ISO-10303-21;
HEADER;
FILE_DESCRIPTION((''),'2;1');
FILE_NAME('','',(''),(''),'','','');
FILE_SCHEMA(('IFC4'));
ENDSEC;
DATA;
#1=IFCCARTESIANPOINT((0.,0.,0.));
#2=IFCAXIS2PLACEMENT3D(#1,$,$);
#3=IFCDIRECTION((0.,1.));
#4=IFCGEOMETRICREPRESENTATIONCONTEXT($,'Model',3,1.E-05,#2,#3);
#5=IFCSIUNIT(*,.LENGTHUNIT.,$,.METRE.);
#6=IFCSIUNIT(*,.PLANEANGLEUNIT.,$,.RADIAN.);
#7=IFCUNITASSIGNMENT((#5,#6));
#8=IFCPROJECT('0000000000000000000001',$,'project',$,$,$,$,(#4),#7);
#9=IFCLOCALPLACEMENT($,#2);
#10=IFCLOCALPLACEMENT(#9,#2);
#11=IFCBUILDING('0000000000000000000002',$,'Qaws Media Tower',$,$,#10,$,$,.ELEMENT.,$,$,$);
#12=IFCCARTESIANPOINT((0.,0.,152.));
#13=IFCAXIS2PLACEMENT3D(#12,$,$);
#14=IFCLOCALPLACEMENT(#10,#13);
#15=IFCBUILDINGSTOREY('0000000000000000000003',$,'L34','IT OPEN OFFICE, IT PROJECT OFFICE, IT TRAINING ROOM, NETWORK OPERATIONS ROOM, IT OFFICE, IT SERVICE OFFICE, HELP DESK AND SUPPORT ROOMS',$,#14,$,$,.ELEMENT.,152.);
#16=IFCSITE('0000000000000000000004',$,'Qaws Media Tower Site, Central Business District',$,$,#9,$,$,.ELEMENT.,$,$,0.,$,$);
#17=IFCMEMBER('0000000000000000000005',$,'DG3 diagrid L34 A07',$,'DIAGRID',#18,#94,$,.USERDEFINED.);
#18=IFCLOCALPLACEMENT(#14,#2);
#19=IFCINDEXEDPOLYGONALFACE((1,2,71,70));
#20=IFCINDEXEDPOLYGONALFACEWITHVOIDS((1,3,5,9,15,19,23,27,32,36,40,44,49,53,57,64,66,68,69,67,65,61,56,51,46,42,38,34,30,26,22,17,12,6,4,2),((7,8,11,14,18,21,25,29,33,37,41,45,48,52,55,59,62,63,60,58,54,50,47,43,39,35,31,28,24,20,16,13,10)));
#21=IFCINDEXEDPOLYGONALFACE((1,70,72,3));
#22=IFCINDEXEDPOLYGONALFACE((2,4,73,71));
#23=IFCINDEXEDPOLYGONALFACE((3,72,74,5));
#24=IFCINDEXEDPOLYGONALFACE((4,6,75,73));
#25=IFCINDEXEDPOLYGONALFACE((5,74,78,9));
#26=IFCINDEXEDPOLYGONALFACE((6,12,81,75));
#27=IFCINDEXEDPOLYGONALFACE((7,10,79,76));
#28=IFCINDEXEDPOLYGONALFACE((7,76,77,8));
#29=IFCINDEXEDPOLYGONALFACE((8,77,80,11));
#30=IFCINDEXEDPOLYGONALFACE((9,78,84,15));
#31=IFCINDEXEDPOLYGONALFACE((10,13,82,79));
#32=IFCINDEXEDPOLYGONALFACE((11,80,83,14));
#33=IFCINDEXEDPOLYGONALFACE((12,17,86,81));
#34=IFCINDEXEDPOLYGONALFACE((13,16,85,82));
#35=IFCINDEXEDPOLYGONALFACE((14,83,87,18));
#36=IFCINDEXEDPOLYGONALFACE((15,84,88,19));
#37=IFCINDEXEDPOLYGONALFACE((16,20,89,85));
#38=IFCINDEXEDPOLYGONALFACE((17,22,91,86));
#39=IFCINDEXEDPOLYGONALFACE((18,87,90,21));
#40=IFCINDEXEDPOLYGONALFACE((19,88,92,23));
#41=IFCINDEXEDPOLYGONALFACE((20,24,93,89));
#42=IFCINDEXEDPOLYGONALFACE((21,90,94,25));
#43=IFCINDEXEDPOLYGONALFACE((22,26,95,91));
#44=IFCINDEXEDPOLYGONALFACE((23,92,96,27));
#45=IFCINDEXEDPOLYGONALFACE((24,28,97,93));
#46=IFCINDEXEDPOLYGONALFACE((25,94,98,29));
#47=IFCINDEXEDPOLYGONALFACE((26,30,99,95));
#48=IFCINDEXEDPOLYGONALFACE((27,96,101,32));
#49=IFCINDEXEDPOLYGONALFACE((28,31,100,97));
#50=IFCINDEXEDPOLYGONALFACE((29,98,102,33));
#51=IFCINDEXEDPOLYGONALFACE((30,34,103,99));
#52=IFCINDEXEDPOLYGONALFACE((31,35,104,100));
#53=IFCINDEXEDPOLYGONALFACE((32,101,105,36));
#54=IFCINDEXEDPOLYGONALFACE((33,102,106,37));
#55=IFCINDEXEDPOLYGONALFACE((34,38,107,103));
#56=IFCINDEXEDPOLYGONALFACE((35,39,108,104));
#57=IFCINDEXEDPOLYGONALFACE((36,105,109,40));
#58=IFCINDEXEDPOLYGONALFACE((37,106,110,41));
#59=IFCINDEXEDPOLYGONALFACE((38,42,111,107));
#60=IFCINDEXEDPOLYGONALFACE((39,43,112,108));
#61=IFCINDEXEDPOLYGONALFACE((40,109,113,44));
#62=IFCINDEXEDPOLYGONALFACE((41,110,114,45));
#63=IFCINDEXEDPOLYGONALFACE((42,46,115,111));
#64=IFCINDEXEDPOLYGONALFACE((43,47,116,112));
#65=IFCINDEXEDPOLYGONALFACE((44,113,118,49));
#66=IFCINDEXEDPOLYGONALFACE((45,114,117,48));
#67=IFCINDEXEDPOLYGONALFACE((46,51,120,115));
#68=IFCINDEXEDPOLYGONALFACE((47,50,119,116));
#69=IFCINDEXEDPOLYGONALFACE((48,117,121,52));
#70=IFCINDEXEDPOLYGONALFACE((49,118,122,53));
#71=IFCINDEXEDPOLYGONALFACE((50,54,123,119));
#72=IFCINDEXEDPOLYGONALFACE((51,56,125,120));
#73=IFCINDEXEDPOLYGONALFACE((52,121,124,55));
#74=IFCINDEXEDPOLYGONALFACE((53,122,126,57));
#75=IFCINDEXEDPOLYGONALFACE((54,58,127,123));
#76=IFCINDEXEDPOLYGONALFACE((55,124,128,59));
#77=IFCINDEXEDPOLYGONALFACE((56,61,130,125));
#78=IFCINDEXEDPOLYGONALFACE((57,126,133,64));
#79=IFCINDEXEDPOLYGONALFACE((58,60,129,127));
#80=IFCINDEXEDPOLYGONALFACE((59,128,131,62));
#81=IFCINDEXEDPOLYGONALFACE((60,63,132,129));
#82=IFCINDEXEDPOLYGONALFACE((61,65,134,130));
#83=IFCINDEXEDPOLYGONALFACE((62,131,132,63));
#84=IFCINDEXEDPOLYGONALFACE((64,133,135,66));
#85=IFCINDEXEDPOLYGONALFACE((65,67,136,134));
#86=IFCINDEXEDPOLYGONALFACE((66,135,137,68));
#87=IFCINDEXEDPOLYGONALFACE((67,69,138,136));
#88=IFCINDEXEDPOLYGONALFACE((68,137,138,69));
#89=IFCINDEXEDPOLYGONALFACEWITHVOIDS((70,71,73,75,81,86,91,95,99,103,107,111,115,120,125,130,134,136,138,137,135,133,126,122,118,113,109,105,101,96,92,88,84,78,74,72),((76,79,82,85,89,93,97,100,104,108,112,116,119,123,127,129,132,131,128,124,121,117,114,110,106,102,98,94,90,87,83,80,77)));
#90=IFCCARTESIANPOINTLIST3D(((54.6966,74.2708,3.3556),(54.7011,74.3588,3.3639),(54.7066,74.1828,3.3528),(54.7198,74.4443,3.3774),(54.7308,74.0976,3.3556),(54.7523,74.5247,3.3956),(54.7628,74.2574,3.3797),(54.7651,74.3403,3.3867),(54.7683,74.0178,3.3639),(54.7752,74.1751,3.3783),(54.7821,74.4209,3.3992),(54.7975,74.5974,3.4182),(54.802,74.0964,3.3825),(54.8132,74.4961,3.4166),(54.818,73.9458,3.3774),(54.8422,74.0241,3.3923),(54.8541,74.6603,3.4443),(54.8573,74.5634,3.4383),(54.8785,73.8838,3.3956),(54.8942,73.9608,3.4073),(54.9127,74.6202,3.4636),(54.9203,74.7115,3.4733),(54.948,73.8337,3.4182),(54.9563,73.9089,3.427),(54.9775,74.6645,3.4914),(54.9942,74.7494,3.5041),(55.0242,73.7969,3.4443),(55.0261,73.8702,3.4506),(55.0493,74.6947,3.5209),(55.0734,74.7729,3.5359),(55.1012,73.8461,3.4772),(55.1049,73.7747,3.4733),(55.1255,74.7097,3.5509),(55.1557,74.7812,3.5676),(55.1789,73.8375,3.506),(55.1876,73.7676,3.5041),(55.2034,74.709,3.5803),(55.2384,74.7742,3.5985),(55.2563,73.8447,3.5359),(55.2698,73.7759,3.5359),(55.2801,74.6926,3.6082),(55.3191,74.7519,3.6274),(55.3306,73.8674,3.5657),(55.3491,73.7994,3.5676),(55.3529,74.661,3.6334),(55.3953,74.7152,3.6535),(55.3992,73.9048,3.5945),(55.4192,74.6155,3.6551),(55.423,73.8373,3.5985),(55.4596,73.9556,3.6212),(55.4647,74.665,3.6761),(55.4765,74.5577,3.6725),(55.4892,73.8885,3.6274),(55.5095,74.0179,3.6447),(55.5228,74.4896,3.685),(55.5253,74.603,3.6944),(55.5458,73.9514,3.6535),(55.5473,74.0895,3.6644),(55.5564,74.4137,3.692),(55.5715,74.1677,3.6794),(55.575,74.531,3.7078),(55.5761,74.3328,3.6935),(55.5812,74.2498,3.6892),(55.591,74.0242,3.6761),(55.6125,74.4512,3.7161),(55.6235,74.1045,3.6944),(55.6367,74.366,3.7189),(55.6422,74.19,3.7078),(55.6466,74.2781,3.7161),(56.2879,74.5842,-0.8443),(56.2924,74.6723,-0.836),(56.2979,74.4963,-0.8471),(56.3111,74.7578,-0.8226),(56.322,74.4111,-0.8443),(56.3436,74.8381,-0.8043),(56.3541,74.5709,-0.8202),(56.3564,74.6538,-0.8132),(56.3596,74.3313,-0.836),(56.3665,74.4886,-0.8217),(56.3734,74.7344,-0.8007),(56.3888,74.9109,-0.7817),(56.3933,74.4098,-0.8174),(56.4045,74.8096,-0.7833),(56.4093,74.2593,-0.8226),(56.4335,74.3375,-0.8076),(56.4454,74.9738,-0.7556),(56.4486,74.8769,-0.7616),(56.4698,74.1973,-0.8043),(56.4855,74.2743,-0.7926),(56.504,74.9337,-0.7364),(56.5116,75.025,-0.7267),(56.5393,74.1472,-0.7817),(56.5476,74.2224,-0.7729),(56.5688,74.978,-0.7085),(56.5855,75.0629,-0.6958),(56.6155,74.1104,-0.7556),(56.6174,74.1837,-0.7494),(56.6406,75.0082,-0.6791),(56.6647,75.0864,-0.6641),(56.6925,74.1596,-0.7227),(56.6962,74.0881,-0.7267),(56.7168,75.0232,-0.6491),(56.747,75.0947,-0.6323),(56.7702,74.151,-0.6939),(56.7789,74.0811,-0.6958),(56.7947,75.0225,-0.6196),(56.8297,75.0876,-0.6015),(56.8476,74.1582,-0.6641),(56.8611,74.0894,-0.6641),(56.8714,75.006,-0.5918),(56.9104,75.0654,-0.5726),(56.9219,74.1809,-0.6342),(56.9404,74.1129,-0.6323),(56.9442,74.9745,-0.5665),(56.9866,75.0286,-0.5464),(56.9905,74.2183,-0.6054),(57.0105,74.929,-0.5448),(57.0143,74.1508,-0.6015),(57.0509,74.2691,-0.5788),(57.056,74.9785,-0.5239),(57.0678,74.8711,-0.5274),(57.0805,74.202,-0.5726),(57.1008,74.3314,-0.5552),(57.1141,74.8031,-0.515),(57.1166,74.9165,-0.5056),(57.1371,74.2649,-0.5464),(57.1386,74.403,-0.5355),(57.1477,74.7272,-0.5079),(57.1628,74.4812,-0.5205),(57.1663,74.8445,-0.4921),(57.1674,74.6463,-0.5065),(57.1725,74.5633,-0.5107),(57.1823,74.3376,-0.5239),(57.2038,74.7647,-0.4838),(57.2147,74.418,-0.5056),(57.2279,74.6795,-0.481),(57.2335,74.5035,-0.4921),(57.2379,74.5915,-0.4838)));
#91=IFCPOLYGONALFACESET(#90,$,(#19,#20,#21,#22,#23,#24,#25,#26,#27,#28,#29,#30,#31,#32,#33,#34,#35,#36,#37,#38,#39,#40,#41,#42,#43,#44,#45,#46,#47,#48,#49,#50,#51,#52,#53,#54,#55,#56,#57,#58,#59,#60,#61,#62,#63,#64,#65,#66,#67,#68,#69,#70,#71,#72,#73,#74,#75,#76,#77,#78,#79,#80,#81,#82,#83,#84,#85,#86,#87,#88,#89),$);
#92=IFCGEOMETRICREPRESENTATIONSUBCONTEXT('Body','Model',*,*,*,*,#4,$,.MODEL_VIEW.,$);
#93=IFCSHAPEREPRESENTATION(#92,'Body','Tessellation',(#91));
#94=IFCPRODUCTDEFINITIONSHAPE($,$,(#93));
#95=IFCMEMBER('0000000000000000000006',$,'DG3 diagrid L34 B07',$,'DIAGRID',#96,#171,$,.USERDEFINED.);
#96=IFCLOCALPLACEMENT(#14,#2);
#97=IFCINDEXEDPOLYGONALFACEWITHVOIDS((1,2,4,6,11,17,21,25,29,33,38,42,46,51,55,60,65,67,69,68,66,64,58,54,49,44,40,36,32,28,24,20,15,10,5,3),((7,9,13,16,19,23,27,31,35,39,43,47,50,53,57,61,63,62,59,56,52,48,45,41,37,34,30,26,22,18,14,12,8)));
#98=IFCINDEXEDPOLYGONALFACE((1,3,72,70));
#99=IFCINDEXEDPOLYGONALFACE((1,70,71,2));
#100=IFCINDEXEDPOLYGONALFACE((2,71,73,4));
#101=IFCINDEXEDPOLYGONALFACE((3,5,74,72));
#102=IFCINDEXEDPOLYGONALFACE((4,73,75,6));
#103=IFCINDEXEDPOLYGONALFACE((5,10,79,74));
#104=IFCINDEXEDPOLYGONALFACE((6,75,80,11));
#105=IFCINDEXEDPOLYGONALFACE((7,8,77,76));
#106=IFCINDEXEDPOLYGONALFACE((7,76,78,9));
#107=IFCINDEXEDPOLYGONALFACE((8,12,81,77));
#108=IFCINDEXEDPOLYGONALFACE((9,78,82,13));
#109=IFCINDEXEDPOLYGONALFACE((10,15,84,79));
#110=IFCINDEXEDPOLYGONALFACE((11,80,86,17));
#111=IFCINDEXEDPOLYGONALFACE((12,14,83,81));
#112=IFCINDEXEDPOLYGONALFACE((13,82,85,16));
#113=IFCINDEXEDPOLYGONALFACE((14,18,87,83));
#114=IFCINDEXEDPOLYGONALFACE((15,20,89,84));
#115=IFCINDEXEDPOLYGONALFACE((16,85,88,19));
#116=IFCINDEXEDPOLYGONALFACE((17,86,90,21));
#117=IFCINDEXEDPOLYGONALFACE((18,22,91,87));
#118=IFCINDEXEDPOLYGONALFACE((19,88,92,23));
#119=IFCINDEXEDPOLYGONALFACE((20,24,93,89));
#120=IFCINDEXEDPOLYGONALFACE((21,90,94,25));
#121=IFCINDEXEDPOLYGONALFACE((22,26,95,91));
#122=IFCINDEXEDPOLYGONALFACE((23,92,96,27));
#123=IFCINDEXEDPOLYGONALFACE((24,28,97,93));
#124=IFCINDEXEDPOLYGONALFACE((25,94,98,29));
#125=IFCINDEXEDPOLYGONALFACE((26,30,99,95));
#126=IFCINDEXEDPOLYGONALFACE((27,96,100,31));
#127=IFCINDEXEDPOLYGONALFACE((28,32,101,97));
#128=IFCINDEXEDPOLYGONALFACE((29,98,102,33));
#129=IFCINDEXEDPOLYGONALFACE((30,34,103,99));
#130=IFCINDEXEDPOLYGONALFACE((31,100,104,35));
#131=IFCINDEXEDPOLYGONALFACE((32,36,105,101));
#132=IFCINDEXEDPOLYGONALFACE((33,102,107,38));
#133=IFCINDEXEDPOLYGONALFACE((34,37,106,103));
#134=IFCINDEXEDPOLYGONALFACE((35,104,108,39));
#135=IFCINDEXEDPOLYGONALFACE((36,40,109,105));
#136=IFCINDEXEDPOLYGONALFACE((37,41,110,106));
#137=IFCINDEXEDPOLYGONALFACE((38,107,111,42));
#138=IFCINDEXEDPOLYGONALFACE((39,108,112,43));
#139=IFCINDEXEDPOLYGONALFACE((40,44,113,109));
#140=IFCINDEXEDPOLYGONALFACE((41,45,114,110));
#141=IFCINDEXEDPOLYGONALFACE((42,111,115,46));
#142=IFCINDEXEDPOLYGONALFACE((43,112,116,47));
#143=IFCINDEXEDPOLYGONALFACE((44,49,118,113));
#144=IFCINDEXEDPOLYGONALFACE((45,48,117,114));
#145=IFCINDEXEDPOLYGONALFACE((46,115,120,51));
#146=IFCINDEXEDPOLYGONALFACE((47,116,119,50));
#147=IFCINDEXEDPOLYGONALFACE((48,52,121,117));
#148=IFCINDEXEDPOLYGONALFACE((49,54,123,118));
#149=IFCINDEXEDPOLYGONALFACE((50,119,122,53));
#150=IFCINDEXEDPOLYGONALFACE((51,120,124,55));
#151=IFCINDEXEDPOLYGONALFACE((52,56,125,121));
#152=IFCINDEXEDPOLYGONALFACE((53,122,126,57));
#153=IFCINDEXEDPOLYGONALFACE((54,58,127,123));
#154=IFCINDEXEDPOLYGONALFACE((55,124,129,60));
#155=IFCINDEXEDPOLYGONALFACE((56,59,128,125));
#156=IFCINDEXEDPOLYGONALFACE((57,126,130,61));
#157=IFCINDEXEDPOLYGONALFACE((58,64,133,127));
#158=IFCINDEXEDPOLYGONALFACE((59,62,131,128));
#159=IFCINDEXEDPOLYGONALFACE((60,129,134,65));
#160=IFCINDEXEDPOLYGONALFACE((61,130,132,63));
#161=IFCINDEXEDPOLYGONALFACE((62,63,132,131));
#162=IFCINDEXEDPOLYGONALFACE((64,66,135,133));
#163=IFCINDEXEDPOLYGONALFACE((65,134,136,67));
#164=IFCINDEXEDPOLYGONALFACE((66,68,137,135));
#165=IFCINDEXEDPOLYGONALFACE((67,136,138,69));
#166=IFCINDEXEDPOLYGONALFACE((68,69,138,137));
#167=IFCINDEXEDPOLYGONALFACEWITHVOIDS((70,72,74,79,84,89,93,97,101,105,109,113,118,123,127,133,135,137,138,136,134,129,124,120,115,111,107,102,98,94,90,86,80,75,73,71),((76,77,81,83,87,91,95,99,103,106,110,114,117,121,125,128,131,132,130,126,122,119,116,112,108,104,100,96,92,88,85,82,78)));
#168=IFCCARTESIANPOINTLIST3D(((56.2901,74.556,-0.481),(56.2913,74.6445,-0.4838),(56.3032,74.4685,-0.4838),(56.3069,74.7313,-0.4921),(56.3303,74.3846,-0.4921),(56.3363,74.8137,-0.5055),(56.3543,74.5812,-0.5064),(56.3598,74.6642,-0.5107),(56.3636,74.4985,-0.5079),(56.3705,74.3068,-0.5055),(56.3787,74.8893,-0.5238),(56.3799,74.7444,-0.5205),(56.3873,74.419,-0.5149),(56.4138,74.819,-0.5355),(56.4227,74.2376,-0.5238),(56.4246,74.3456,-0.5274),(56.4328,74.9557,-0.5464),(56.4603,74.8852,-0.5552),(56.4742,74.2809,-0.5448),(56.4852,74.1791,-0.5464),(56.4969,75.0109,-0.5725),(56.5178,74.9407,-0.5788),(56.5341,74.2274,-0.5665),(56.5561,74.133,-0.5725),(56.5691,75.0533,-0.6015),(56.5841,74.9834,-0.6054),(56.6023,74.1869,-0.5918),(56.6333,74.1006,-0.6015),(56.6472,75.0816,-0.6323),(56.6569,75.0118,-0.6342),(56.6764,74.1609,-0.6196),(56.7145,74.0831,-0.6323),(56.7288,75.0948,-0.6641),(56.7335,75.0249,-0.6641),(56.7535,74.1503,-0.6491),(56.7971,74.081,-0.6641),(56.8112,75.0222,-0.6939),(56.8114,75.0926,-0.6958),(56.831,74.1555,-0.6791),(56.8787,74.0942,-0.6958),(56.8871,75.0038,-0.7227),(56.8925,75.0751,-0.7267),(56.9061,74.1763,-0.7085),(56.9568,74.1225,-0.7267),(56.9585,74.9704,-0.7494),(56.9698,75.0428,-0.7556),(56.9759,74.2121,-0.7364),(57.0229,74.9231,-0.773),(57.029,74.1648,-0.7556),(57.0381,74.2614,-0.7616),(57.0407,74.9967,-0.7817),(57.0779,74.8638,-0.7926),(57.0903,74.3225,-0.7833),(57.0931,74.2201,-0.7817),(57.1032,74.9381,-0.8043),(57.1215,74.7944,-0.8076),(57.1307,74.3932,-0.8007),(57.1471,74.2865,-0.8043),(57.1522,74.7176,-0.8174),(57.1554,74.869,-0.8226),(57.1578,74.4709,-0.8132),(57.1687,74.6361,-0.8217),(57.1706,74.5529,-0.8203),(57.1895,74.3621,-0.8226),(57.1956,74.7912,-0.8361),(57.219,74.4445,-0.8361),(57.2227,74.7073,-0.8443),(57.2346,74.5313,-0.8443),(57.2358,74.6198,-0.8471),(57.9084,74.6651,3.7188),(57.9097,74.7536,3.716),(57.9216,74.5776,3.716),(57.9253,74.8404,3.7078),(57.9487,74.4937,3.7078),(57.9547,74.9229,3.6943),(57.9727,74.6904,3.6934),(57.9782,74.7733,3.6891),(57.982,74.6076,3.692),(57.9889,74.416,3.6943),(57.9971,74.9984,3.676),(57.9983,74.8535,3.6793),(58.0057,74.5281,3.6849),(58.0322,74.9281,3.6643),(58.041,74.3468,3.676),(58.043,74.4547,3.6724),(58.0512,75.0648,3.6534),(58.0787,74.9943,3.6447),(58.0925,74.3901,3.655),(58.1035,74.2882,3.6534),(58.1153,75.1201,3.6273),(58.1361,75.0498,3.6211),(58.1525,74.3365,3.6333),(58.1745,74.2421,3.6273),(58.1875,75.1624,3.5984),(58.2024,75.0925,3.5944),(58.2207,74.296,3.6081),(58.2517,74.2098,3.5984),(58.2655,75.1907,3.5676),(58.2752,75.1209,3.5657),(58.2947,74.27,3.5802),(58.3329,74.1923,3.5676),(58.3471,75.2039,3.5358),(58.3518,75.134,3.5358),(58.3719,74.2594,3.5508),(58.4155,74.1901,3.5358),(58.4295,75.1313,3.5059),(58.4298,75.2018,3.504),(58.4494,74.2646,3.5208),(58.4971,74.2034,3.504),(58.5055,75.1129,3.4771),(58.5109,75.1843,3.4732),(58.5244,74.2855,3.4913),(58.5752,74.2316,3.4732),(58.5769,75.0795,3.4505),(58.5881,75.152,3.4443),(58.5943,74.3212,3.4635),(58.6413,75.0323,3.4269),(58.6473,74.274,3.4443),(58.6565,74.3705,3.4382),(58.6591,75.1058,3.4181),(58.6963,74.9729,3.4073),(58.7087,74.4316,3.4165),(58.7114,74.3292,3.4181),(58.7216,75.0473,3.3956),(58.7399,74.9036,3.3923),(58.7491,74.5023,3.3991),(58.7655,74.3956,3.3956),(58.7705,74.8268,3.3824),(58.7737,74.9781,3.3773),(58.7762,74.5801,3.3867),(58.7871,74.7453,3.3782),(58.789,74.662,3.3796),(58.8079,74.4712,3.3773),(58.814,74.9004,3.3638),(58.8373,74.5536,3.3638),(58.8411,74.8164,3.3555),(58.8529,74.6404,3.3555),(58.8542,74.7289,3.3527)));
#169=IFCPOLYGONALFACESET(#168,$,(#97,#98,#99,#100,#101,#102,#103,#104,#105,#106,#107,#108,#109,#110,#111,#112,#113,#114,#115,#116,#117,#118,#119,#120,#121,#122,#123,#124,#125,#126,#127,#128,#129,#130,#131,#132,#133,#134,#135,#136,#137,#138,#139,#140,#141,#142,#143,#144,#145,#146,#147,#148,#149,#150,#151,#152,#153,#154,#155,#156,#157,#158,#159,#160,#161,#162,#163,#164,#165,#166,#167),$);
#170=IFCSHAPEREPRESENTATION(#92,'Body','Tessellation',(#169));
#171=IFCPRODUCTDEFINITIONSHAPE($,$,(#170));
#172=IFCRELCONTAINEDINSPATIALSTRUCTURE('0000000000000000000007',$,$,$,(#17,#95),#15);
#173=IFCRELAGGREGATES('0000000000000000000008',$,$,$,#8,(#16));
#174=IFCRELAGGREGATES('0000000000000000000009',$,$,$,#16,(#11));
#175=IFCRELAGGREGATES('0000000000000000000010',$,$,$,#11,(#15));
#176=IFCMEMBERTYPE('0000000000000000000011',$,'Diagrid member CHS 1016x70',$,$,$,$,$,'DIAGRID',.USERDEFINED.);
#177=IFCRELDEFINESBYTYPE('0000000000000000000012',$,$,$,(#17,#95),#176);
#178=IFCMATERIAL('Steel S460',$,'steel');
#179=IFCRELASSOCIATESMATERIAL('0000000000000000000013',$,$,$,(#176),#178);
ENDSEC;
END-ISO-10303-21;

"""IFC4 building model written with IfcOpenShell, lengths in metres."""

from ifc_helpers import new_model, si_unit, direction, frame, origin, origin_2d, place, context, subcontext, project, spatial, hollow_circle, extrude, material, material_profile, profile_set, type_object, element, save


model = new_model("IFC4")

# Units and contexts
model_context = context("Model", 3, precision=1e-05, world=origin(), true_north=direction((0.0, 1.0)))
body_context = subcontext(model_context, "Body", "Model", "MODEL_VIEW")
ifc_project = project(units=[si_unit("LENGTHUNIT", "METRE"), si_unit("PLANEANGLEUNIT", "RADIAN")], contexts=[model_context])

# Site, building, storey
site_placement = place(None, origin())
site = spatial("IfcSite", under=ifc_project, at=site_placement, Name="Qaws Media Tower Site, Central Business District", CompositionType="ELEMENT", RefElevation=0.0)
building_placement = place(site_placement, origin())
building = spatial("IfcBuilding", under=site, at=building_placement, Name="Qaws Media Tower", CompositionType="ELEMENT")
storey_placement = place(building_placement, frame((0.0, 0.0, 152.0)))
storey = spatial("IfcBuildingStorey", under=building, at=storey_placement, Name="L34", Description="IT OPEN OFFICE, IT PROJECT OFFICE, IT TRAINING ROOM, NETWORK OPERATIONS ROOM, IT OFFICE, IT SERVICE OFFICE, HELP DESK AND SUPPORT ROOMS", CompositionType="ELEMENT", Elevation=152.0)

# Members
ifc_material_1 = material(Name="Steel S460", Category="steel")
ifc_material_profile_1 = material_profile(ifc_material_1, hollow_circle(Radius=0.5081, WallThickness=0.0701, at=origin_2d()), Name="CHS 1016x70")
ifc_profile_set_1 = profile_set([ifc_material_profile_1], Name="Steel S460")
member_type_1 = type_object("IfcMemberType", Name="Diagrid member CHS 1016x70", ElementType="DIAGRID", PredefinedType="USERDEFINED", material=ifc_profile_set_1)
for number, where, z_axis, x_axis, name in (
    (1, (56.7629, 74.5879, -0.6641), (-0.353449, -0.069627, 0.932859), (0.193278, -0.981144, 0.0), "DG3 diagrid L34 A07"),
    (2, (56.7629, 74.5879, -0.6641), (0.359462, 0.024239, 0.932845), (-0.067278, 0.997734, 0.0), "DG3 diagrid L34 B07"),
):
    element("IfcMember", number, at=place(storey_placement, frame(where, z_axis=z_axis, x_axis=x_axis)), inside=storey, type_object=member_type_1, Name=name, ObjectType="DIAGRID", PredefinedType="USERDEFINED", context=body_context, shape_type="SweptSolid", body=[
        extrude(hollow_circle(Radius=0.5081, WallThickness=0.0701, at=origin_2d()), origin(), (0.0, 0.0, 1.0), 4.5022),
    ])

save(model, "model.ifc")
